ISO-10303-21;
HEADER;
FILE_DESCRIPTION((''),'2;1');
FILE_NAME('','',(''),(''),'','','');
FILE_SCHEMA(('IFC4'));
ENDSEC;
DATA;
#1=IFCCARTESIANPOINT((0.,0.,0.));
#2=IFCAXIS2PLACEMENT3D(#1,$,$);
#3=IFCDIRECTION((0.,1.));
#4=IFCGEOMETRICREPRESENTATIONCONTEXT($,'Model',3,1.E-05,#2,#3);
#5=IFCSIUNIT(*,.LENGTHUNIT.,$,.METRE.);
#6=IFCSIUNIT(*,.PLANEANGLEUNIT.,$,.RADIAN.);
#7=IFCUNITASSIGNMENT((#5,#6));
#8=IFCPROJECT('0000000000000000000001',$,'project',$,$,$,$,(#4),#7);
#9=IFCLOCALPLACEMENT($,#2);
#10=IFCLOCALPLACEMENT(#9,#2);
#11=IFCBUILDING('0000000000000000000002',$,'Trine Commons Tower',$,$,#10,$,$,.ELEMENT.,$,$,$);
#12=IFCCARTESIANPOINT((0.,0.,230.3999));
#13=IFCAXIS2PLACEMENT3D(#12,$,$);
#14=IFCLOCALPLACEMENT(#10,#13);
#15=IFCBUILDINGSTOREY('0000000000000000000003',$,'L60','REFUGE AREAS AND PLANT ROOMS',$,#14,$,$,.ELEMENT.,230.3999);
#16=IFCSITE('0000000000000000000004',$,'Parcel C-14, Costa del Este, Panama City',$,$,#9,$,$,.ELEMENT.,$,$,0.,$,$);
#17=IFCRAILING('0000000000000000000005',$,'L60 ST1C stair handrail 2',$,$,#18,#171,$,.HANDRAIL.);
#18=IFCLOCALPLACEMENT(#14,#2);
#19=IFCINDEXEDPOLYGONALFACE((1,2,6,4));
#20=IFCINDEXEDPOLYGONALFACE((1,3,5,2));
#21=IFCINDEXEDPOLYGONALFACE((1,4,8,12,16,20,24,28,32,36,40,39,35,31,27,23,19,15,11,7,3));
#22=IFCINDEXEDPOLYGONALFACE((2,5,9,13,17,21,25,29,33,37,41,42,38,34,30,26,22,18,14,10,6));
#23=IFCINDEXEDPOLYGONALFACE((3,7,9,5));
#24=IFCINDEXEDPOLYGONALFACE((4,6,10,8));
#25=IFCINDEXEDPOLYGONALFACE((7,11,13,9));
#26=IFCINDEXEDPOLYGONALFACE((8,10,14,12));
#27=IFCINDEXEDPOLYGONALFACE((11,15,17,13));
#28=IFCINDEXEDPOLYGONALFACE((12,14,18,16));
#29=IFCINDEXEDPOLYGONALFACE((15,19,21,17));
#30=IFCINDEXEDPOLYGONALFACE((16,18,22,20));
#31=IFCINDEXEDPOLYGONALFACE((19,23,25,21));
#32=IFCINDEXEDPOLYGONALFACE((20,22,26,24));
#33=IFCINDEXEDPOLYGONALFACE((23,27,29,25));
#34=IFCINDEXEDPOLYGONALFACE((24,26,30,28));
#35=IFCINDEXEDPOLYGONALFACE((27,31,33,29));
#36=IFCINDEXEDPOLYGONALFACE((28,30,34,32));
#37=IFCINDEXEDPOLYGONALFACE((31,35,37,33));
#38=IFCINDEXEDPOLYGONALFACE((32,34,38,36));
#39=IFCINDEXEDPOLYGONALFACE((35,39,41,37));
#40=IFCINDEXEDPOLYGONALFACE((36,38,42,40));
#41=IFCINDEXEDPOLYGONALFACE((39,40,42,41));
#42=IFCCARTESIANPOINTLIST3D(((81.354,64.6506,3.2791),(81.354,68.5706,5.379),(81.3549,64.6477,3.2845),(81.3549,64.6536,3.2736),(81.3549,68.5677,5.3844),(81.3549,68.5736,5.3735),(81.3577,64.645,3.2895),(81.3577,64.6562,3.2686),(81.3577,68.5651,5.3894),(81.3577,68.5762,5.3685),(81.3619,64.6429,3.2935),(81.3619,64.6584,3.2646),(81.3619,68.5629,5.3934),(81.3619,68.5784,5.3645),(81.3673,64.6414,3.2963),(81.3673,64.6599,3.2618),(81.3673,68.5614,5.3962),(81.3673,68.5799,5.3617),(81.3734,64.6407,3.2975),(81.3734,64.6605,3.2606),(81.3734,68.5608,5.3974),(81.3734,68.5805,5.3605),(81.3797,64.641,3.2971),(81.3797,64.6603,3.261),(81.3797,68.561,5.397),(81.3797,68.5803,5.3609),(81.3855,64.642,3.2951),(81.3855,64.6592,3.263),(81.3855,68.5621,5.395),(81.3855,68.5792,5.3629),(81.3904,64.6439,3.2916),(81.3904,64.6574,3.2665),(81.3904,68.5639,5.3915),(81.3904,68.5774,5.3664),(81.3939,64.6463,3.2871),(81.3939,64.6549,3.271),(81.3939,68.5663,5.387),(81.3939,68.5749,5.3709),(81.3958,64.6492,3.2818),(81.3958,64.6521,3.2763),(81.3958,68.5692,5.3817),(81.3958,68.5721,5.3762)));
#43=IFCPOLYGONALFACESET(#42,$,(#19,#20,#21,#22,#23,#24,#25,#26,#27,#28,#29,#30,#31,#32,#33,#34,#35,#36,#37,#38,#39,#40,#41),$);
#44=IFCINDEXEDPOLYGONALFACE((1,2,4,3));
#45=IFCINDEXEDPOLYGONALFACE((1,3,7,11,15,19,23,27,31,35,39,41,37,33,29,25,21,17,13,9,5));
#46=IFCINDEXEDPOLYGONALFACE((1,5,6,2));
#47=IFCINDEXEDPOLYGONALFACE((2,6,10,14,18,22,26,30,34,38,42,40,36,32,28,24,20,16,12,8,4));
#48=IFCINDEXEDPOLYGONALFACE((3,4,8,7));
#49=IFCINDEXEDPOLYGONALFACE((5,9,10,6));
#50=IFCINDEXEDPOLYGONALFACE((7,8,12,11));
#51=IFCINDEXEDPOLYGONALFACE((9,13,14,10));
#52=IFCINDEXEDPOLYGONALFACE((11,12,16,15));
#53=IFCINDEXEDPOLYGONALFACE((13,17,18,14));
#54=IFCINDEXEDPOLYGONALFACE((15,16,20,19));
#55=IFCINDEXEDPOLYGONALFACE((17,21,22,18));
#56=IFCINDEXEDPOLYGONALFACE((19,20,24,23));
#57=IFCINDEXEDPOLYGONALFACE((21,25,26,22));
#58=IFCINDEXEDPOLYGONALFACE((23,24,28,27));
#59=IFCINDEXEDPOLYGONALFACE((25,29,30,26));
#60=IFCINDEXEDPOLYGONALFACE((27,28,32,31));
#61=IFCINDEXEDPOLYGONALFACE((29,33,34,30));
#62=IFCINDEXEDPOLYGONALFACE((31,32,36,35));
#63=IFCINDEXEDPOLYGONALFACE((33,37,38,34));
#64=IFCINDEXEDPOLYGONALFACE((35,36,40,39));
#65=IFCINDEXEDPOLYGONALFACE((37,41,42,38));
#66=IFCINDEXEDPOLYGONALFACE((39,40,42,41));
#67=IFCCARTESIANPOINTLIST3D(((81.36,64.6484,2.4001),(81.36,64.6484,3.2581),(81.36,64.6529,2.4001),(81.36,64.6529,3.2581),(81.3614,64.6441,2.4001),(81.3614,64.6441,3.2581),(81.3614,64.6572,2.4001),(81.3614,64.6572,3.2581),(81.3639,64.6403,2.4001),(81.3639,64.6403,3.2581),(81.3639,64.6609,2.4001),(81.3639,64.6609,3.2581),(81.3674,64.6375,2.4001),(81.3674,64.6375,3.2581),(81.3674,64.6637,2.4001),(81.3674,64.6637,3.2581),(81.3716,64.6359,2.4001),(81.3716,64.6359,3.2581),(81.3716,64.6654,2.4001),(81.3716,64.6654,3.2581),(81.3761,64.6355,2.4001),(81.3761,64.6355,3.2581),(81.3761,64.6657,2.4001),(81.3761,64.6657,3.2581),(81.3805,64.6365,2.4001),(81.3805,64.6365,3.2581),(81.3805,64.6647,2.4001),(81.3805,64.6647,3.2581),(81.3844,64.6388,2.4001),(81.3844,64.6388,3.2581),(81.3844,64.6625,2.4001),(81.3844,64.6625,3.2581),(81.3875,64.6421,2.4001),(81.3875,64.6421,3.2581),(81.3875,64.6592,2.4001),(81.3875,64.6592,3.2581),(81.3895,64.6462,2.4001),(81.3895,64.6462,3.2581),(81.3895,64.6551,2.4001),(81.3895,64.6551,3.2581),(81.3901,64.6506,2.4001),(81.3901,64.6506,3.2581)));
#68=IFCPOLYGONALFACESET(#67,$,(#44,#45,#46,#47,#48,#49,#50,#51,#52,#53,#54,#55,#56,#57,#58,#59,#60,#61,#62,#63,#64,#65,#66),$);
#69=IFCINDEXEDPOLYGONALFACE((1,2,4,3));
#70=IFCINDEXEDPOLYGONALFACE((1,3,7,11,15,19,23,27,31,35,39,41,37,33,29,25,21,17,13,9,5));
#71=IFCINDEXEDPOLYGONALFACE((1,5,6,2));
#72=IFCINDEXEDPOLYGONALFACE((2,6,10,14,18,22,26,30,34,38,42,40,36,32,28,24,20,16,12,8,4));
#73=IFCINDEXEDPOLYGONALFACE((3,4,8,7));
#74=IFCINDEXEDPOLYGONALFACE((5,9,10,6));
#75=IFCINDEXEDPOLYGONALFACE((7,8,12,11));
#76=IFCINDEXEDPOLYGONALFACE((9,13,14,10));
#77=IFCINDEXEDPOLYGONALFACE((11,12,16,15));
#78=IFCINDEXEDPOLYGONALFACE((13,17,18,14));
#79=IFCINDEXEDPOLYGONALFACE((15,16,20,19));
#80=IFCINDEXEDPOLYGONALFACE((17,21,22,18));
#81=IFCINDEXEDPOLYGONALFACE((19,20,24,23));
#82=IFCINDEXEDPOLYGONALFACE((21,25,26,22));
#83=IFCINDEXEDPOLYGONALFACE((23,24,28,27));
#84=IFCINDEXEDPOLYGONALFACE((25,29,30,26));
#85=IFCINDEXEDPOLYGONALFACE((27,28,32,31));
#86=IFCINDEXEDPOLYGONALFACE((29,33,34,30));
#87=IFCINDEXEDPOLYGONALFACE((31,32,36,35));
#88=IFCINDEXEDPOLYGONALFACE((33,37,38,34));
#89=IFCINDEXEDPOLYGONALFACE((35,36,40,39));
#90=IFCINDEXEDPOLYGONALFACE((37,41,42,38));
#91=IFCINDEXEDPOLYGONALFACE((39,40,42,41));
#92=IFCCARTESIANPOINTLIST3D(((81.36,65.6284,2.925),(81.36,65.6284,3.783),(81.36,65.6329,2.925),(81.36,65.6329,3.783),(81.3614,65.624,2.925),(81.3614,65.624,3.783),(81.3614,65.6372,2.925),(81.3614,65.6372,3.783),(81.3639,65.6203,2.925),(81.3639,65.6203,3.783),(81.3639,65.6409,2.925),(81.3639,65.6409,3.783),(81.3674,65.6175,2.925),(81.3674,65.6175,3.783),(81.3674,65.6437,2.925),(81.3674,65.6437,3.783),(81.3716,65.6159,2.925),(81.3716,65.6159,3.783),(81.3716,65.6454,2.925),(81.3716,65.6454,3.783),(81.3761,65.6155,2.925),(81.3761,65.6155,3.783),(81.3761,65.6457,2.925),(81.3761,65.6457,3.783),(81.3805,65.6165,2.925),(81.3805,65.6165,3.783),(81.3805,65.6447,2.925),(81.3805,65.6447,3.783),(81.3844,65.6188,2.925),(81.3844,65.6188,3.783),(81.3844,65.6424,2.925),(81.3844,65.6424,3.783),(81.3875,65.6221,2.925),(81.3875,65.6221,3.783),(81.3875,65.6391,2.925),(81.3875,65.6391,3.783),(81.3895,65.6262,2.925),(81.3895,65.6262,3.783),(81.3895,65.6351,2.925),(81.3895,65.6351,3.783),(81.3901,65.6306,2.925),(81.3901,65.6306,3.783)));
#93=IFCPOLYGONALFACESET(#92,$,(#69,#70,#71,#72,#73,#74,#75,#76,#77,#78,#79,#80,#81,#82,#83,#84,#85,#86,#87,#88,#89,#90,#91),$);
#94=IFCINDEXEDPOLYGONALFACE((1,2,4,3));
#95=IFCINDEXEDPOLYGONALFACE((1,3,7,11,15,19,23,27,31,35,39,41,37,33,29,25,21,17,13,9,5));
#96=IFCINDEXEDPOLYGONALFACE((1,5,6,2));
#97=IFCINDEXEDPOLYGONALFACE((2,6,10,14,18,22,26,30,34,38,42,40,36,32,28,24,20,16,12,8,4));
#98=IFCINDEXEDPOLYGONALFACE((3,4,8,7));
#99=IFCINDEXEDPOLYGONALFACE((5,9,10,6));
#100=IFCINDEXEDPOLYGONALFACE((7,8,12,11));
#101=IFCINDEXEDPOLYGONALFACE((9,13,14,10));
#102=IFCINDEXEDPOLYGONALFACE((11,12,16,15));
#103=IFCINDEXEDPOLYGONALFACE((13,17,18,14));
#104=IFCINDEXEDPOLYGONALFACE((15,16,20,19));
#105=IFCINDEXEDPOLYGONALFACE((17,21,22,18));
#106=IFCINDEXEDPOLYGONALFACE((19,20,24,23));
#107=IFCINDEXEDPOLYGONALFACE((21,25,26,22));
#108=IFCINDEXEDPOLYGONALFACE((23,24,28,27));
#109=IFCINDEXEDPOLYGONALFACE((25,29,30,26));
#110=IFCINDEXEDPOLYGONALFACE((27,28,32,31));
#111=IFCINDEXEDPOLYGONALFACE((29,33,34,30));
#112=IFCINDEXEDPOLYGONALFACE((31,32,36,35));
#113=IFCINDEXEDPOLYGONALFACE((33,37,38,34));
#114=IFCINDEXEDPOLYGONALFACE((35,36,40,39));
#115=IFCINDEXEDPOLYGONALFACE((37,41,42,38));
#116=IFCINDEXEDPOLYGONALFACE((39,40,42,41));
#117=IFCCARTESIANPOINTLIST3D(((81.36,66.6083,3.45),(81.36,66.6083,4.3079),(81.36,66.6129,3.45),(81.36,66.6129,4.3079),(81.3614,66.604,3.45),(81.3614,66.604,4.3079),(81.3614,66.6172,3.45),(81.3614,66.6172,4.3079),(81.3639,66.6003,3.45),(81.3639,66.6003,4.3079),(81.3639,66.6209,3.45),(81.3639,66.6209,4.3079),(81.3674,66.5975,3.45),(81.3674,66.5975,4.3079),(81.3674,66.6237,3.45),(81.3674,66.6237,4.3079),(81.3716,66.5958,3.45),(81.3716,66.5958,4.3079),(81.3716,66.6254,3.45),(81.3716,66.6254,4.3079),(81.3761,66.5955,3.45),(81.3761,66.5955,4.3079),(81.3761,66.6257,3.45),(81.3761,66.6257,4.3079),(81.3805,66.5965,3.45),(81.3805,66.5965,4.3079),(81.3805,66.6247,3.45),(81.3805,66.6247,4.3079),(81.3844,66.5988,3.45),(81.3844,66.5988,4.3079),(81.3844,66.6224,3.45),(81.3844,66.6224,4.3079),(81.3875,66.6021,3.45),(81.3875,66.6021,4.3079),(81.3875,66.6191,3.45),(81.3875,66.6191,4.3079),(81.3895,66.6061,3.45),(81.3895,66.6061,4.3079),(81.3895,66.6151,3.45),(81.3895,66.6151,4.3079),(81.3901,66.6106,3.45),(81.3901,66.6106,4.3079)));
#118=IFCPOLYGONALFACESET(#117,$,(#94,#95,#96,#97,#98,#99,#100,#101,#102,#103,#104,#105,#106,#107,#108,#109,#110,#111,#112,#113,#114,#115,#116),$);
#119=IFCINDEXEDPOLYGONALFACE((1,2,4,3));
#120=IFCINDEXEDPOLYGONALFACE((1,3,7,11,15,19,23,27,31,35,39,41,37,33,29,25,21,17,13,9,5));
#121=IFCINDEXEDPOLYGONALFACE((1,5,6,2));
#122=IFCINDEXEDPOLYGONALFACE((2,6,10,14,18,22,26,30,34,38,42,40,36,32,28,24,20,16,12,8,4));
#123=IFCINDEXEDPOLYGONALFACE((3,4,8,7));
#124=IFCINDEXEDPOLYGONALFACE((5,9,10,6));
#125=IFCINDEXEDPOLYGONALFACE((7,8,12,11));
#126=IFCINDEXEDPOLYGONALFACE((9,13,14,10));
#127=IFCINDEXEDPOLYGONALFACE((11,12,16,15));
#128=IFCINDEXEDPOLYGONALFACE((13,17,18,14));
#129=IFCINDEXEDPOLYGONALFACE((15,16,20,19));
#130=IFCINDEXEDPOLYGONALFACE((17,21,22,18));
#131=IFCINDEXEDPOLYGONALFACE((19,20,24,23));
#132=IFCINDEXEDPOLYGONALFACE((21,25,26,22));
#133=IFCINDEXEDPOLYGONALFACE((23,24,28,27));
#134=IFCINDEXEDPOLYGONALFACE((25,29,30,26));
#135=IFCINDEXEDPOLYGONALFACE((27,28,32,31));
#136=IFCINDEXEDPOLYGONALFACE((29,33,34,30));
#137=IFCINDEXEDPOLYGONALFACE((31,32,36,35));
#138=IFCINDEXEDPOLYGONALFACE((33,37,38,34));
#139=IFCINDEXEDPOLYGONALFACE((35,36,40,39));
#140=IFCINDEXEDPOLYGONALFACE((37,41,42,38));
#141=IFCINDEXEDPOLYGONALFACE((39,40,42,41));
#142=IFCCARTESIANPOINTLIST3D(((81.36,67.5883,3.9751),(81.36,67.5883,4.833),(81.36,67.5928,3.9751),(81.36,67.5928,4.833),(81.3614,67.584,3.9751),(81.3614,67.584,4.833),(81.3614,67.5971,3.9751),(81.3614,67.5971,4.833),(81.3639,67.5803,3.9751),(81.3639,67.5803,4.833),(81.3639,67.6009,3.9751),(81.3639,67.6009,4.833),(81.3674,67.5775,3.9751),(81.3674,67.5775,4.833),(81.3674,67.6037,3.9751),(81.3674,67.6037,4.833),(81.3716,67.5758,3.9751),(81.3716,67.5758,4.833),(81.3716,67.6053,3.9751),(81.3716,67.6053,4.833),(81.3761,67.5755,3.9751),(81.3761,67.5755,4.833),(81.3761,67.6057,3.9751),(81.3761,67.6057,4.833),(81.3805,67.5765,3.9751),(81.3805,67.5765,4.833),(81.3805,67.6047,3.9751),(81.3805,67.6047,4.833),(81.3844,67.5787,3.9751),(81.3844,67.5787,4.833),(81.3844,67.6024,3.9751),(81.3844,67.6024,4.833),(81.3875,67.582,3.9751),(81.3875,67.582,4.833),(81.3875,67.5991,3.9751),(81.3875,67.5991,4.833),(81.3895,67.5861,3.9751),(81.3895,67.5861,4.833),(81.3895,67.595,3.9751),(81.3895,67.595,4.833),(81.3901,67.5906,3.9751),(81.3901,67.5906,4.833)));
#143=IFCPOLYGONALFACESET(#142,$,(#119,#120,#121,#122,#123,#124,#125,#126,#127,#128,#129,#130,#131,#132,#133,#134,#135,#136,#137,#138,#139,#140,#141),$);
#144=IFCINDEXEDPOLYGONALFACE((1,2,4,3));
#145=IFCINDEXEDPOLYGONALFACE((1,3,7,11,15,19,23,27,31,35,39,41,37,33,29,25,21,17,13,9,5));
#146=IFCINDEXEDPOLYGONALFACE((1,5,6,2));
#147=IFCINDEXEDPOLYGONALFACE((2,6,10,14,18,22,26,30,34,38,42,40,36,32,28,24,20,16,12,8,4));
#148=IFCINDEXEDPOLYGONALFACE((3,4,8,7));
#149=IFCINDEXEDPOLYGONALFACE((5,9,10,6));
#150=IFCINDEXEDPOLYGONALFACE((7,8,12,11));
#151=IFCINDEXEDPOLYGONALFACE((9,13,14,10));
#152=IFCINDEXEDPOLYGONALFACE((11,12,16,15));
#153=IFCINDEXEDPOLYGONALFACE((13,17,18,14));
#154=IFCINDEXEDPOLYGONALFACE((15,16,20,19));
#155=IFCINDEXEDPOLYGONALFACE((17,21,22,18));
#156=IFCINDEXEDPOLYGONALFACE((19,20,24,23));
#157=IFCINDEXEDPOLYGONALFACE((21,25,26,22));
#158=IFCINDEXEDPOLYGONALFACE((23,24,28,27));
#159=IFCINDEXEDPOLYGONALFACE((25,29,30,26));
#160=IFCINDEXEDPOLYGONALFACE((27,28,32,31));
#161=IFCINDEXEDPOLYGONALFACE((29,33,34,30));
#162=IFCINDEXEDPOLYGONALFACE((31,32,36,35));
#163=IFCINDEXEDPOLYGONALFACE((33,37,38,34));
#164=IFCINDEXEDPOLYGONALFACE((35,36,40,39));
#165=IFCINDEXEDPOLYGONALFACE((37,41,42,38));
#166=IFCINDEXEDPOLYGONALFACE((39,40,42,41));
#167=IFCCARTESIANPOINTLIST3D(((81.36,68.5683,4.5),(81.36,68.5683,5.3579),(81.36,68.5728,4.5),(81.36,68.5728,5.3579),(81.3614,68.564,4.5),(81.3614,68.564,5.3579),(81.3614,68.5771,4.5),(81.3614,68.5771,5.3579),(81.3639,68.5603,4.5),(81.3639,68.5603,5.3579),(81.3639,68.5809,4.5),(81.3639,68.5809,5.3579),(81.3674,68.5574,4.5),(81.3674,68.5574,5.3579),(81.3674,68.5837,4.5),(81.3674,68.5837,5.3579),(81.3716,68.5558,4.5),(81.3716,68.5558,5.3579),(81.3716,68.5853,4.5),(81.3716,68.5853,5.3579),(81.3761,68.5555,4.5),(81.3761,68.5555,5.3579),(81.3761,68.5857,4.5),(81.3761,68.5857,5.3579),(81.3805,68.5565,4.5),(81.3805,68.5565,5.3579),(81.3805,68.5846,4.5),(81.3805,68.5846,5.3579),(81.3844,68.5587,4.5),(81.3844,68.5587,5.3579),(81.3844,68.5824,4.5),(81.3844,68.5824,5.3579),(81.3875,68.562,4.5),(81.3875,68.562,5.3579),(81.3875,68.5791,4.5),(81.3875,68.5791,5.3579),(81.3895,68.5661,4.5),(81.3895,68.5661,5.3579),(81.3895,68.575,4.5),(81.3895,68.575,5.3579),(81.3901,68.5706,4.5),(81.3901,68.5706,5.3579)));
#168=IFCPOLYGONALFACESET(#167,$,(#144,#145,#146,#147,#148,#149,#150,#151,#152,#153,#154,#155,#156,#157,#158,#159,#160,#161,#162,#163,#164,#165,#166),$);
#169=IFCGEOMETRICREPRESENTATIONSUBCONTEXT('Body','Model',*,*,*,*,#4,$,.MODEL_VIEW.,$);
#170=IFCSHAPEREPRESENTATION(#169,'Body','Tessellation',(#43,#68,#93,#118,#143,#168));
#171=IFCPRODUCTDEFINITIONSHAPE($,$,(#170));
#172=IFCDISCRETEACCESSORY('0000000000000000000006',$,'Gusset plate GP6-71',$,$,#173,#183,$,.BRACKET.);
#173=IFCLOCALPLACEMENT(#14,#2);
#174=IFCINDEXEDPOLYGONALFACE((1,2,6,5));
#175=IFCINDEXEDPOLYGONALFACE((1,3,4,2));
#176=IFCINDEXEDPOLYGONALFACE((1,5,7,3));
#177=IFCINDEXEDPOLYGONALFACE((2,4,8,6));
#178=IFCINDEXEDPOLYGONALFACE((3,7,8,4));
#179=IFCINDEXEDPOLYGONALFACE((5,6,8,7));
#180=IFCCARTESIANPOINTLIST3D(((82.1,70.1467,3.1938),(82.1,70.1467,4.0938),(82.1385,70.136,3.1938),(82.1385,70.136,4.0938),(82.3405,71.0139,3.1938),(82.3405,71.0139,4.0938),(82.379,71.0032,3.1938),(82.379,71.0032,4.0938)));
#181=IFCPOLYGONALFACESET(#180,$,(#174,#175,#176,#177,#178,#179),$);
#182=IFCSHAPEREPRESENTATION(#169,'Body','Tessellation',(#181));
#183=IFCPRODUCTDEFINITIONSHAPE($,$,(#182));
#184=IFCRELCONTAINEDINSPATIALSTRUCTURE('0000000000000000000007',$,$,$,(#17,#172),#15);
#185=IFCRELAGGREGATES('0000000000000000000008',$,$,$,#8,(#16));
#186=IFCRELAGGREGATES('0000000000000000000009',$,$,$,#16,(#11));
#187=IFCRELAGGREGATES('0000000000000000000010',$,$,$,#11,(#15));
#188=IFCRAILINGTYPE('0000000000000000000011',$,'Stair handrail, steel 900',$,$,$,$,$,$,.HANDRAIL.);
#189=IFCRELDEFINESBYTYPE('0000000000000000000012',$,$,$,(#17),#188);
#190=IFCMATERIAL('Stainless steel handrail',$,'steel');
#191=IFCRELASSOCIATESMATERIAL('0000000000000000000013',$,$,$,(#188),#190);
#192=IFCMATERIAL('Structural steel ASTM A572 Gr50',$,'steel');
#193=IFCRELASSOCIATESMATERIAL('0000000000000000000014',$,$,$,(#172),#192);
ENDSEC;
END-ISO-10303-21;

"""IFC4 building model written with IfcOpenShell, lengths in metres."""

from ifc_helpers import new_model, si_unit, direction, frame, origin, origin_2d, place, context, subcontext, project, spatial, rectangle, circle, extrude, material, type_object, element, save


model = new_model("IFC4")

# Units and contexts
model_context = context("Model", 3, precision=1e-05, world=origin(), true_north=direction((0.0, 1.0)))
body_context = subcontext(model_context, "Body", "Model", "MODEL_VIEW")
ifc_project = project(units=[si_unit("LENGTHUNIT", "METRE"), si_unit("PLANEANGLEUNIT", "RADIAN")], contexts=[model_context])

# Site, building, storey
site_placement = place(None, origin())
site = spatial("IfcSite", under=ifc_project, at=site_placement, Name="Parcel C-14, Costa del Este, Panama City", CompositionType="ELEMENT", RefElevation=0.0)
building_placement = place(site_placement, origin())
building = spatial("IfcBuilding", under=site, at=building_placement, Name="Trine Commons Tower", CompositionType="ELEMENT")
storey_placement = place(building_placement, frame((0.0, 0.0, 230.3999)))
storey = spatial("IfcBuildingStorey", under=building, at=storey_placement, Name="L60", Description="REFUGE AREAS AND PLANT ROOMS", CompositionType="ELEMENT", Elevation=230.3999)

# Railing
ifc_material_1 = material(Name="Stainless steel handrail", Category="steel")
railing_type = type_object("IfcRailingType", Name="Stair handrail, steel 900", PredefinedType="HANDRAIL", material=ifc_material_1)
railing_placement = place(storey_placement, frame((81.375, 64.6506, 2.4001)))
element("IfcRailing", 1, at=railing_placement, inside=storey, type_object=railing_type, Name="L60 ST1C stair handrail 2", PredefinedType="HANDRAIL", context=body_context, shape_type="SweptSolid", body=[
    extrude(circle(Radius=0.021, at=origin_2d()), frame((0.0, 0.0, 0.8789), z_axis=(0.0, 0.88149, 0.472203), x_axis=(-1.0, 0.0, 0.0)), (0.0, 0.0, 1.0), 4.447),
    extrude(circle(Radius=0.0151, at=origin_2d()), origin(), (0.0, 0.0, 1.0), 0.8579),
    extrude(circle(Radius=0.0151, at=origin_2d()), frame((0.0, 0.98, 0.5249)), (0.0, 0.0, 1.0), 0.8579),
    extrude(circle(Radius=0.0151, at=origin_2d()), frame((0.0, 1.96, 1.0498)), (0.0, 0.0, 1.0), 0.8579),
    extrude(circle(Radius=0.0151, at=origin_2d()), frame((0.0, 2.9399, 1.575)), (0.0, 0.0, 1.0), 0.8579),
    extrude(circle(Radius=0.0151, at=origin_2d()), frame((0.0, 3.9199, 2.0999)), (0.0, 0.0, 1.0), 0.8579),
])

# Discrete accessory
ifc_material_2 = material(Name="Structural steel ASTM A572 Gr50", Category="steel")
discrete_accessory_placement = place(storey_placement, frame((82.2395, 70.575, 3.1938), z_axis=(0.0, 0.0, 1.0), x_axis=(0.267238, 0.96363, 0.0)))
element("IfcDiscreteAccessory", 2, at=discrete_accessory_placement, inside=storey, material=ifc_material_2, Name="Gusset plate GP6-71", PredefinedType="BRACKET", context=body_context, shape_type="SweptSolid", body=[
    extrude(rectangle(XDim=0.8999, YDim=0.04, at=origin_2d()), origin(), (0.0, 0.0, 1.0), 0.8999),
])

save(model, "model.ifc")
